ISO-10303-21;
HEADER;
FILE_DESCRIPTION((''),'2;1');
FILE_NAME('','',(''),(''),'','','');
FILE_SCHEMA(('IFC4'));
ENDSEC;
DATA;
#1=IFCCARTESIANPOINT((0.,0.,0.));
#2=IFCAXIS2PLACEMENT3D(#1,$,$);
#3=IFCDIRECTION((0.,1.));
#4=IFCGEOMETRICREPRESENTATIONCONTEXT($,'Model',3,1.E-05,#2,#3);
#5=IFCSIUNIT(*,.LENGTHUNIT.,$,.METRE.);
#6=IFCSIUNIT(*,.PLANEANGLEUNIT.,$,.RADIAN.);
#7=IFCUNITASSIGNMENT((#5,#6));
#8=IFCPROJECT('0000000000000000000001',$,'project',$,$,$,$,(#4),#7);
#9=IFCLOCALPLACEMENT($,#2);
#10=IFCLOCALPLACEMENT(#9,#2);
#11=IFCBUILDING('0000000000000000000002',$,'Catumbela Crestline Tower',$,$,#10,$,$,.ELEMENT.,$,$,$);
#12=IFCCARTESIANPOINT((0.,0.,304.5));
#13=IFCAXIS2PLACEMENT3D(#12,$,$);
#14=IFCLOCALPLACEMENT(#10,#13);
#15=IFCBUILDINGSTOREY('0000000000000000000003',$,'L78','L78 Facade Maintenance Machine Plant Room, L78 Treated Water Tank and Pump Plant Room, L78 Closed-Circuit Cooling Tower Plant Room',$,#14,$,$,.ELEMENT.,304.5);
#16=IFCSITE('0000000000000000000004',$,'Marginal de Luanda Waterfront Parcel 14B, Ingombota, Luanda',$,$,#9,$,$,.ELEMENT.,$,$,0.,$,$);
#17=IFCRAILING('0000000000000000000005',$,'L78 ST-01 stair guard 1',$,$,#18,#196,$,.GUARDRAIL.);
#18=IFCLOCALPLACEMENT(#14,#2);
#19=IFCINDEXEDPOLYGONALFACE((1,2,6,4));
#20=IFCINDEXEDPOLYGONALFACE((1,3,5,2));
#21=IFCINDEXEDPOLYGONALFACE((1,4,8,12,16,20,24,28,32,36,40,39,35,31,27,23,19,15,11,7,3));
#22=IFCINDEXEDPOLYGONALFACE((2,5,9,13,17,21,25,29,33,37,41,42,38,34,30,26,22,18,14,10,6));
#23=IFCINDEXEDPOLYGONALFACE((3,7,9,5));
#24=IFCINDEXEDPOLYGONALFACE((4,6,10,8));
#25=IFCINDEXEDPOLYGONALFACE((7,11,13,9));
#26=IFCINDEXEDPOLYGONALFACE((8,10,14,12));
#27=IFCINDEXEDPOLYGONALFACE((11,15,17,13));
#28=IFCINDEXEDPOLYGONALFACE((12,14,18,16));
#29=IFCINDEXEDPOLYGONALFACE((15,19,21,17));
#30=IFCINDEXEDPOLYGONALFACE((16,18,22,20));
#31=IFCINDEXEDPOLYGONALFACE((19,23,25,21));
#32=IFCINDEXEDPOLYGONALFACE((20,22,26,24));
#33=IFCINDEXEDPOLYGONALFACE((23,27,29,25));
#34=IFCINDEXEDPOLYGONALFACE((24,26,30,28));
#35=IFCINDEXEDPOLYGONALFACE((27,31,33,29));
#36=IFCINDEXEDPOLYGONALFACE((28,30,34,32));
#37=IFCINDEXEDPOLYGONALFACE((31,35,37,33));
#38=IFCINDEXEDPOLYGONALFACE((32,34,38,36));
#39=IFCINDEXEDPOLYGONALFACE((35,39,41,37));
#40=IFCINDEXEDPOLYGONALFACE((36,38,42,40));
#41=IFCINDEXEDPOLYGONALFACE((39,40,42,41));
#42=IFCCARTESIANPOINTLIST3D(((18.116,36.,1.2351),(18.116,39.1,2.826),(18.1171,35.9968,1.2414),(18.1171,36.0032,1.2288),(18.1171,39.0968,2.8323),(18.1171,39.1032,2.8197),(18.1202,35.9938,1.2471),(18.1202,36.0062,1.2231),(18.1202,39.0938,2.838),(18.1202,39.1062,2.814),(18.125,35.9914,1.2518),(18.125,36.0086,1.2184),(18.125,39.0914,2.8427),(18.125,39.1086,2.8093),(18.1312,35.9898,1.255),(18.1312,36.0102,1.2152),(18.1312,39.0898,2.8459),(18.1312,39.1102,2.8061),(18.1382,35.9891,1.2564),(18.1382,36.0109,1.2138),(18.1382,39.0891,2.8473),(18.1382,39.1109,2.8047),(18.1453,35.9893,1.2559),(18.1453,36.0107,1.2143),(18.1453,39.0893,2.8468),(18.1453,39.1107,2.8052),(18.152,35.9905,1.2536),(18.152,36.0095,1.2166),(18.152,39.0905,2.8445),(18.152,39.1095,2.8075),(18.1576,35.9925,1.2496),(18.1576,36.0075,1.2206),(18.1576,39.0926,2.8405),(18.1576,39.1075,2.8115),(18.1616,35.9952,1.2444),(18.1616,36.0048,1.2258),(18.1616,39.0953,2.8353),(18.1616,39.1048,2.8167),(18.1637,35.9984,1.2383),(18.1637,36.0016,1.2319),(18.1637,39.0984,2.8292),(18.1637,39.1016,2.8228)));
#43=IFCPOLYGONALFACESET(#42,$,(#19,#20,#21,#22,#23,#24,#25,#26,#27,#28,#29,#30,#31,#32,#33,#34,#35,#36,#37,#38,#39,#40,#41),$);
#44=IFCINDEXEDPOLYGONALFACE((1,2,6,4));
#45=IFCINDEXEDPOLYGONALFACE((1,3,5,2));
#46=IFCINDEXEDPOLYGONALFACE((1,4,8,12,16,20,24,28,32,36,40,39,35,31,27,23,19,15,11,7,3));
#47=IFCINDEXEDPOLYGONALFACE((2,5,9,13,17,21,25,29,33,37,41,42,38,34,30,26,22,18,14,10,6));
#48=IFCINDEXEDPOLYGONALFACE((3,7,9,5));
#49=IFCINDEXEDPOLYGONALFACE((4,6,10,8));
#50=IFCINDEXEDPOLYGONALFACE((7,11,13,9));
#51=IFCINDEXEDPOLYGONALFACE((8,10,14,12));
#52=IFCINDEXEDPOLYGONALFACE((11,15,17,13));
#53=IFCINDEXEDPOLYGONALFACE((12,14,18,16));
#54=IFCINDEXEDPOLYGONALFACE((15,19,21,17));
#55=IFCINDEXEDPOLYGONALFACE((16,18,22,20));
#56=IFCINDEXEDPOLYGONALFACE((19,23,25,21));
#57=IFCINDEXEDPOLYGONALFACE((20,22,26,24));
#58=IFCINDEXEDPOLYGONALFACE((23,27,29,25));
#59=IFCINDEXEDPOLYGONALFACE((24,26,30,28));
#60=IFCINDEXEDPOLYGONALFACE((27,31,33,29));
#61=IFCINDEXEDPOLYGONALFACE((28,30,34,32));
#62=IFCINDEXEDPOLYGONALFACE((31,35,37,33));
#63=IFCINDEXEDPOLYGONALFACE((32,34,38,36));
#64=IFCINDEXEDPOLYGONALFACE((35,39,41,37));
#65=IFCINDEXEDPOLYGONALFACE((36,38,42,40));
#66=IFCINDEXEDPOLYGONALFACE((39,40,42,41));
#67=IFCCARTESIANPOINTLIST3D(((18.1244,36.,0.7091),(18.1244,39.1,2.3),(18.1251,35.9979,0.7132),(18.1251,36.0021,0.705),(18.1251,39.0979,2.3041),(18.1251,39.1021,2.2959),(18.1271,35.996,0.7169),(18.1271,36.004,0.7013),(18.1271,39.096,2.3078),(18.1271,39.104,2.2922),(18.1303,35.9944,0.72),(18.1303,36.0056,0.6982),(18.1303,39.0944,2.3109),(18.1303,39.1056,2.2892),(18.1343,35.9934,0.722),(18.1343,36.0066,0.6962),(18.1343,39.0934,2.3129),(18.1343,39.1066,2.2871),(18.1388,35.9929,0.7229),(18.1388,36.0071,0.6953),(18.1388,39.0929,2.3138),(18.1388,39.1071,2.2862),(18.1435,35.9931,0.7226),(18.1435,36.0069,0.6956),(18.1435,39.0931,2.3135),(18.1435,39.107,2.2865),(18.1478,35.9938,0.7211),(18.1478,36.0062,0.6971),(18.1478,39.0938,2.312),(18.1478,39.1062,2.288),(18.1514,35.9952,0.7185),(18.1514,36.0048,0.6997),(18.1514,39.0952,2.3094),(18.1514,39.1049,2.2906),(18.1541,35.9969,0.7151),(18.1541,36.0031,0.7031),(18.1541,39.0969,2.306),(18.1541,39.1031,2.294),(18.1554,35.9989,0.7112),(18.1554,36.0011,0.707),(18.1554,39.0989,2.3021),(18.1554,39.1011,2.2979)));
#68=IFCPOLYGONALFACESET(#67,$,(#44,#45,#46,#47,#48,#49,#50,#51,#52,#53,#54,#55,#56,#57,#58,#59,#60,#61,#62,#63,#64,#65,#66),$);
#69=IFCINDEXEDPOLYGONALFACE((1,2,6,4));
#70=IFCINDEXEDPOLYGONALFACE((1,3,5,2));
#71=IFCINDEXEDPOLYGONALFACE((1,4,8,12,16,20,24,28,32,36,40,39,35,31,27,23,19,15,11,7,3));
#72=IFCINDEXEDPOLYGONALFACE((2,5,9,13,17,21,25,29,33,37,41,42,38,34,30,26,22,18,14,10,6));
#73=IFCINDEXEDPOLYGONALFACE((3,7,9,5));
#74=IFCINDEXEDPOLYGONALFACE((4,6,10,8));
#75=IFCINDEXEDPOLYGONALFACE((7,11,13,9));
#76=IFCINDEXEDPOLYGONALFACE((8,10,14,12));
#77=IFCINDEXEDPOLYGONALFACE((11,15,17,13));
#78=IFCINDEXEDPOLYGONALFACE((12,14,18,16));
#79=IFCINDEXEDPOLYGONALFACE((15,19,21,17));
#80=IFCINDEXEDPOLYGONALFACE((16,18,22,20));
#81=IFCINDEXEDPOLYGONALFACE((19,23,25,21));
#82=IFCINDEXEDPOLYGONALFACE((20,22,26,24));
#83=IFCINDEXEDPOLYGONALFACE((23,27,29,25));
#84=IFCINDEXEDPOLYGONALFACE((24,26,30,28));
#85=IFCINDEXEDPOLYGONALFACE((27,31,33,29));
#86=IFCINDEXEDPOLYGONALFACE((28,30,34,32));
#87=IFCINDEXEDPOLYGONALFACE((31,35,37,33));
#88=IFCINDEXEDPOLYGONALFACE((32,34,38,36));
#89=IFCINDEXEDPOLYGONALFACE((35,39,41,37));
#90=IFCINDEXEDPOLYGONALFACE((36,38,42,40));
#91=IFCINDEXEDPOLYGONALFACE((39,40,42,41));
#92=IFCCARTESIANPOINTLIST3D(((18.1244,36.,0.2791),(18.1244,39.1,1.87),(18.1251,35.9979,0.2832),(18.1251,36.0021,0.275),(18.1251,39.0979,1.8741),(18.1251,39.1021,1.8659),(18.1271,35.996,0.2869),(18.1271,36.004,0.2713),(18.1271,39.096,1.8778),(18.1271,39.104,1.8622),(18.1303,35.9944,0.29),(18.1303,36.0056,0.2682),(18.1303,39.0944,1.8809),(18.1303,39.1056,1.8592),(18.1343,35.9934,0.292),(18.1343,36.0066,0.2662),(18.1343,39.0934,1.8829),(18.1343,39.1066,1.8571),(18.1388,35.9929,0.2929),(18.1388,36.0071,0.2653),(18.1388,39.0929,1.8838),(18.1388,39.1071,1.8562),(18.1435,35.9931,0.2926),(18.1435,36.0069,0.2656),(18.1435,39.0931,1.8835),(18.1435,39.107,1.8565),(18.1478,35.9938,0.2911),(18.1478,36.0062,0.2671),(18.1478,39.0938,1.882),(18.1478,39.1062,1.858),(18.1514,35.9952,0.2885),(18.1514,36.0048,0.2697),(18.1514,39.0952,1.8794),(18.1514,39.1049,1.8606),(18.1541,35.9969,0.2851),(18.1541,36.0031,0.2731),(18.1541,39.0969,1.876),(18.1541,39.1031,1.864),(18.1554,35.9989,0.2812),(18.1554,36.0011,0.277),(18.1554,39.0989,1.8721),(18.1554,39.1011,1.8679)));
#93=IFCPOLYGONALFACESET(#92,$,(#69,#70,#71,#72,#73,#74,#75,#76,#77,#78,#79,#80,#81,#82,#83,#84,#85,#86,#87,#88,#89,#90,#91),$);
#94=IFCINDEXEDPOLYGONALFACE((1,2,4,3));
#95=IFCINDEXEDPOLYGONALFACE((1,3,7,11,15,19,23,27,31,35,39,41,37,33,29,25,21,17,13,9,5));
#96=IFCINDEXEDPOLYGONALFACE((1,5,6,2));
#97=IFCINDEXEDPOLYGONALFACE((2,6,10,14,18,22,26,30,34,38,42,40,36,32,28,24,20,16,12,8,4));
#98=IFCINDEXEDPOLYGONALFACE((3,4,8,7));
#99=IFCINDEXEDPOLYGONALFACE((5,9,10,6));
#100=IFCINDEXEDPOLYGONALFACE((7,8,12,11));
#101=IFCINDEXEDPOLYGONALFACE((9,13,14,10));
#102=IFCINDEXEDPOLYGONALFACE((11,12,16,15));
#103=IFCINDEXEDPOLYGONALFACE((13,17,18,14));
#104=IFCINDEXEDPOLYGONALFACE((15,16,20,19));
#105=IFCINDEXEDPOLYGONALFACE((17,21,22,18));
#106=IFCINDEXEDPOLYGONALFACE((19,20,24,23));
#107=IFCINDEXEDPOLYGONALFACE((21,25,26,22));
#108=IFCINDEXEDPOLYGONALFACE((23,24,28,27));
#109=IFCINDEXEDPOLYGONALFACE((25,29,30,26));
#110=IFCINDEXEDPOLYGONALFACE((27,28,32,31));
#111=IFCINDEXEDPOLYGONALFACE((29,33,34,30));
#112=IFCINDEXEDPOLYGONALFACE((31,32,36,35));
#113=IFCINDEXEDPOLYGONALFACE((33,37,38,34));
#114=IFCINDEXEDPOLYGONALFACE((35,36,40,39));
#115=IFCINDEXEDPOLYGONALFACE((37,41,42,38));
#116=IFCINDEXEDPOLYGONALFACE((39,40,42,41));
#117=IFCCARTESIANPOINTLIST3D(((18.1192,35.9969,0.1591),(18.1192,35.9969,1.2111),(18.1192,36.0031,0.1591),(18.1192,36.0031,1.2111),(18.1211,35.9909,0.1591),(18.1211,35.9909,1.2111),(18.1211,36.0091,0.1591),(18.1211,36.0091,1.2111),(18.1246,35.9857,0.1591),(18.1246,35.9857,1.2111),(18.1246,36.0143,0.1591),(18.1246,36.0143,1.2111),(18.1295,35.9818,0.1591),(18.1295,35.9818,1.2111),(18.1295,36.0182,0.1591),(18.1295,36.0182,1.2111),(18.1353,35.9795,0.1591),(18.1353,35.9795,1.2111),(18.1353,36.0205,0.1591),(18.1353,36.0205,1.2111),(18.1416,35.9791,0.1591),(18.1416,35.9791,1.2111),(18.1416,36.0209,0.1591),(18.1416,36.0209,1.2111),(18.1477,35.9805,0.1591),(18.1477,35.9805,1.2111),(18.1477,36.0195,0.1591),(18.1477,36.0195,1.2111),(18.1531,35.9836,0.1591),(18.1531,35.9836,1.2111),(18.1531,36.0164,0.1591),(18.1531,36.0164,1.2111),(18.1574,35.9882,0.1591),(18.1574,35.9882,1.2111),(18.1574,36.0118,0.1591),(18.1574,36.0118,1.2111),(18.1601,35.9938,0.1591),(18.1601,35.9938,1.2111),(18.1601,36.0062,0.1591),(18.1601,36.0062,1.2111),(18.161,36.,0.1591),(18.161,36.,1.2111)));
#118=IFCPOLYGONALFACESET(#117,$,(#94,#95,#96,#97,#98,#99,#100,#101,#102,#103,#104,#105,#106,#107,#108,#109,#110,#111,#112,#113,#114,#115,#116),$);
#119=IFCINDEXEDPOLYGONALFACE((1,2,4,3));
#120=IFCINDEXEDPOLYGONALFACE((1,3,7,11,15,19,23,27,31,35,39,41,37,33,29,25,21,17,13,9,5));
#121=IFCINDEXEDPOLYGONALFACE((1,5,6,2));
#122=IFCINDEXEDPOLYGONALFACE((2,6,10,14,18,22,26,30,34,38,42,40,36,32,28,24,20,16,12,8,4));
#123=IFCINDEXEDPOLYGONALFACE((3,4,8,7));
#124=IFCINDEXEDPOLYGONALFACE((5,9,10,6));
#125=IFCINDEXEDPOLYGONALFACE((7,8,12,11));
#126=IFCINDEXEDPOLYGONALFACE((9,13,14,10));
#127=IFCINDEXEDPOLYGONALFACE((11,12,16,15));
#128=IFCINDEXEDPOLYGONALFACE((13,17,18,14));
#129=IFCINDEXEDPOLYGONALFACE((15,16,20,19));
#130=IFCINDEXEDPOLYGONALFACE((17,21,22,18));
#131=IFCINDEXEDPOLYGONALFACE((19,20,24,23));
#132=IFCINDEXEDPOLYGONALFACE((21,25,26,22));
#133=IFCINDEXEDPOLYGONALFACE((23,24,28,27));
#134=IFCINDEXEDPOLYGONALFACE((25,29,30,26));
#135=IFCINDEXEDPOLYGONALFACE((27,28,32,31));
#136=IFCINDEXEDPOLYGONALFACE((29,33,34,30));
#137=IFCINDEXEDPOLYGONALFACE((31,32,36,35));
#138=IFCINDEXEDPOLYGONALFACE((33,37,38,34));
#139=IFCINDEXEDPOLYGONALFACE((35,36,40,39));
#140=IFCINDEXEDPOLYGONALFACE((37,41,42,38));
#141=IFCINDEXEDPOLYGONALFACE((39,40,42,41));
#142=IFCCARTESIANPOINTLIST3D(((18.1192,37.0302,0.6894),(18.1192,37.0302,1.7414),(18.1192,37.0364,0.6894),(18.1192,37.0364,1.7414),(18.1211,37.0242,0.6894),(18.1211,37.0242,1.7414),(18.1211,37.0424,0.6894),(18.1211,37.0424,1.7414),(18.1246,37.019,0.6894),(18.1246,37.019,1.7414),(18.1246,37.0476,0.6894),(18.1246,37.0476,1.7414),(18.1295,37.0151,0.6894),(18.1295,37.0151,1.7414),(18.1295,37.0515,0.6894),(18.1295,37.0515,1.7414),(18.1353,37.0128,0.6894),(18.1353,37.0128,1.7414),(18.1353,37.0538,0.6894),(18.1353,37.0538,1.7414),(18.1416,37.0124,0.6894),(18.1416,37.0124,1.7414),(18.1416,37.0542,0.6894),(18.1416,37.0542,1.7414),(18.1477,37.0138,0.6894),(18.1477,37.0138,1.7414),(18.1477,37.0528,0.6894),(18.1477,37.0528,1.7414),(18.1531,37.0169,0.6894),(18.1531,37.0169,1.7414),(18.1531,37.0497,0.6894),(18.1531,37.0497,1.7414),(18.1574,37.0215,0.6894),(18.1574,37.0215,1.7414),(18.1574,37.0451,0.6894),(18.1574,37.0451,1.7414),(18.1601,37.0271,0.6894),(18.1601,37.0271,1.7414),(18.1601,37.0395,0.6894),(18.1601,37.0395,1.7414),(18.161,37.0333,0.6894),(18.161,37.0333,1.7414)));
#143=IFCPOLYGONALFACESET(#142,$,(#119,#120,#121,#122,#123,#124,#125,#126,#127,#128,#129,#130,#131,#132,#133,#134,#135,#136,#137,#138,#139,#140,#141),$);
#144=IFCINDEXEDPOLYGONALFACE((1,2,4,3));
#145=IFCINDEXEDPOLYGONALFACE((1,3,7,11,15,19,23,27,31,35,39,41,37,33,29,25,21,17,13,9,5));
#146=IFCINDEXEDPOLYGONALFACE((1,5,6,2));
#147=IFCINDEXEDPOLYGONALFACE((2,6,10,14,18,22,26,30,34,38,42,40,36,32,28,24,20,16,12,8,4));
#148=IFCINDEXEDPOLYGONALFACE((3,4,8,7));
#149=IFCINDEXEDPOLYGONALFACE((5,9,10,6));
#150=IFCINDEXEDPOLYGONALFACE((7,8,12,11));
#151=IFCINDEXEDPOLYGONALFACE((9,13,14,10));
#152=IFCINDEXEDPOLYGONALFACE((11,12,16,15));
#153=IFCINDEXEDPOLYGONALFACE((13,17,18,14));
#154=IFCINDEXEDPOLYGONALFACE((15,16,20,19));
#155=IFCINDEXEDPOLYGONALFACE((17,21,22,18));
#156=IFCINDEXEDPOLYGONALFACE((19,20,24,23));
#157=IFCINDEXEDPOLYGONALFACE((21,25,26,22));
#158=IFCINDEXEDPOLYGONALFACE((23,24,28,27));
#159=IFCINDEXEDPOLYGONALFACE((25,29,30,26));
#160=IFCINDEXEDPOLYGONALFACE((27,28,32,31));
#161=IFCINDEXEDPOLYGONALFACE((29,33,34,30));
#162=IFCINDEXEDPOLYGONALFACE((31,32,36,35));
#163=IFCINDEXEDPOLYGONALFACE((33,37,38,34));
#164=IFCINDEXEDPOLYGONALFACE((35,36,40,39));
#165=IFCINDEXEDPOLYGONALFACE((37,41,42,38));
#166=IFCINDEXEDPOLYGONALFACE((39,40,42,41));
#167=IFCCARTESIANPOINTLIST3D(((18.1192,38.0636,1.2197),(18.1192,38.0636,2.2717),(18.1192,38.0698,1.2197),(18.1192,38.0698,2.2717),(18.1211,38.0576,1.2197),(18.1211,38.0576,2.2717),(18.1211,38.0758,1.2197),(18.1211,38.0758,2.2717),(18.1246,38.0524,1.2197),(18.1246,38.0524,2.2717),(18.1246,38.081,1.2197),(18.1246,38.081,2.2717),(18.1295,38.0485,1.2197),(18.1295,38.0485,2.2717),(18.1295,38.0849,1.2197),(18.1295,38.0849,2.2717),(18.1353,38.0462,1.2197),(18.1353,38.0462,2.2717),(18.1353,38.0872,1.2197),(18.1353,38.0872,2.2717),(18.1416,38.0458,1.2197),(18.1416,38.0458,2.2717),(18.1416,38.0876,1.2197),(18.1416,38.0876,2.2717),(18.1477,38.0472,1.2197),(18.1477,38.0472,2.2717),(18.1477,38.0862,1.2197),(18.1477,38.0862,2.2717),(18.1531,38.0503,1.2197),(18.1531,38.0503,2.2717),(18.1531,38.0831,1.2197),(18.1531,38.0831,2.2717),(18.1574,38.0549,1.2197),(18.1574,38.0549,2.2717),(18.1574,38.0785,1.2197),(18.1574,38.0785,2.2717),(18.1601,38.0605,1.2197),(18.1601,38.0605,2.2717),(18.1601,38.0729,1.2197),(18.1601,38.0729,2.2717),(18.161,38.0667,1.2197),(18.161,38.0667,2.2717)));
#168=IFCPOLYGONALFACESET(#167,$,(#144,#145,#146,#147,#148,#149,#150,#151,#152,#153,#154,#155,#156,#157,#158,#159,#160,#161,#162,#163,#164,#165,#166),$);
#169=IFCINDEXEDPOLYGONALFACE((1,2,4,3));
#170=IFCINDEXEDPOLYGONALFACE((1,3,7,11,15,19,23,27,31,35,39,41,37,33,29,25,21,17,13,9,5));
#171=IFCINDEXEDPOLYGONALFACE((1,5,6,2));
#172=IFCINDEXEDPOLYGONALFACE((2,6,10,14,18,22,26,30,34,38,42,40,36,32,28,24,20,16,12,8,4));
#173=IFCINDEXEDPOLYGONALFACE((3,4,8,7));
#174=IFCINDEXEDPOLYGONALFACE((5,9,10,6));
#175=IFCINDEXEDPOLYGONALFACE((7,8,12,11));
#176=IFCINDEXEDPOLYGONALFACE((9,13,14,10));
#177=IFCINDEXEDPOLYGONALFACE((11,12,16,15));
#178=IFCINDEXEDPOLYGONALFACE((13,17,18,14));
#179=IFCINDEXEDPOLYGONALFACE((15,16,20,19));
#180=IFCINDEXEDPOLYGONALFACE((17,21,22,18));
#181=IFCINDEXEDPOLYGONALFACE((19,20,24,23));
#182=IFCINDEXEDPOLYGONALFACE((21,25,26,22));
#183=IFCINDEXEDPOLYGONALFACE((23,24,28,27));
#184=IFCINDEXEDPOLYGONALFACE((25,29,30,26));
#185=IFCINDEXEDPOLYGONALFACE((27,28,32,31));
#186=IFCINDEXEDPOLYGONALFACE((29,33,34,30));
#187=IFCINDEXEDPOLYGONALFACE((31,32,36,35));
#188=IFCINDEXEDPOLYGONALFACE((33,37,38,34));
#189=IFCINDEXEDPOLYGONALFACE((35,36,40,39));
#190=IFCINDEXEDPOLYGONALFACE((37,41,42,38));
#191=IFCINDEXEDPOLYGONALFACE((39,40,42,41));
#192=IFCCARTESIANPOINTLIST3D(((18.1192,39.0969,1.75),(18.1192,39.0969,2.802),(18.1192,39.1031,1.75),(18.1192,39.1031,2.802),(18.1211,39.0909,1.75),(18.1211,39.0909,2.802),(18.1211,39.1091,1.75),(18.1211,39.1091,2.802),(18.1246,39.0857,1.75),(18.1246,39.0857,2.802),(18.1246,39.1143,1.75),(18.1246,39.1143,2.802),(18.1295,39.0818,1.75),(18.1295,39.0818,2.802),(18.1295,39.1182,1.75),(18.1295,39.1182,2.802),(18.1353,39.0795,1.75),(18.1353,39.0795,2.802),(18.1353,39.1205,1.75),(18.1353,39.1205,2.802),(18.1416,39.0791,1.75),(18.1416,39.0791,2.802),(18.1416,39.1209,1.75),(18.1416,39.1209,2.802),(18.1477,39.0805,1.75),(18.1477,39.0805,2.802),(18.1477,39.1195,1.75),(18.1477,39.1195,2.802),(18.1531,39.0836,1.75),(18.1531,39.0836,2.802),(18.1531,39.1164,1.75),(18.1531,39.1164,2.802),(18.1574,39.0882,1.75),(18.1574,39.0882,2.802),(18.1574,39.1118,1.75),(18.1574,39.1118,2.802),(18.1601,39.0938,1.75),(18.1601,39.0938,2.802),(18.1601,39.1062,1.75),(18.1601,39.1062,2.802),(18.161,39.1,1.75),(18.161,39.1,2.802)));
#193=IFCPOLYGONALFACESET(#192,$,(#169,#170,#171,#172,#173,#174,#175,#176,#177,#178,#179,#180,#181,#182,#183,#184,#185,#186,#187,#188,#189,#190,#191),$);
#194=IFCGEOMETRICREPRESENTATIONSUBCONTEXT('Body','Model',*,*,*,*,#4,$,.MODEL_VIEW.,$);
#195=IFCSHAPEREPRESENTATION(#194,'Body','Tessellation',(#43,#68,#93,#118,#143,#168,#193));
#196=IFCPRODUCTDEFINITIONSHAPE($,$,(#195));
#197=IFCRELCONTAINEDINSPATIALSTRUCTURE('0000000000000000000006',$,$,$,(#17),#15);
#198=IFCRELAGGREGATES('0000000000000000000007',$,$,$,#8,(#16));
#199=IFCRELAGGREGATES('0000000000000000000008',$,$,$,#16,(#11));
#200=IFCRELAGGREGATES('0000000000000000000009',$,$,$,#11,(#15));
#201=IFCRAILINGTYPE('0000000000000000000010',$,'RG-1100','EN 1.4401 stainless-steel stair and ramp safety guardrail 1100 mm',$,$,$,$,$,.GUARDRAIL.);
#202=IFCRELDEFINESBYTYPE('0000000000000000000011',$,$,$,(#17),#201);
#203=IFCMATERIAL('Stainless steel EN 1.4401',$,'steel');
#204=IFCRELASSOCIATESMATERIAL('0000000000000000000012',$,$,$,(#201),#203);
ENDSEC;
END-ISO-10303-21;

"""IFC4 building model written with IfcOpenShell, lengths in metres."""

from ifc_helpers import new_model, si_unit, direction, frame, origin, origin_2d, place, context, subcontext, project, spatial, circle, extrude, material, type_object, element, save


model = new_model("IFC4")

# Units and contexts
model_context = context("Model", 3, precision=1e-05, world=origin(), true_north=direction((0.0, 1.0)))
body_context = subcontext(model_context, "Body", "Model", "MODEL_VIEW")
ifc_project = project(units=[si_unit("LENGTHUNIT", "METRE"), si_unit("PLANEANGLEUNIT", "RADIAN")], contexts=[model_context])

# Site, building, storey
site_placement = place(None, origin())
site = spatial("IfcSite", under=ifc_project, at=site_placement, Name="Marginal de Luanda Waterfront Parcel 14B, Ingombota, Luanda", CompositionType="ELEMENT", RefElevation=0.0)
building_placement = place(site_placement, origin())
building = spatial("IfcBuilding", under=site, at=building_placement, Name="Catumbela Crestline Tower", CompositionType="ELEMENT")
storey_placement = place(building_placement, frame((0.0, 0.0, 304.5)))
storey = spatial("IfcBuildingStorey", under=building, at=storey_placement, Name="L78", Description="L78 Facade Maintenance Machine Plant Room, L78 Treated Water Tank and Pump Plant Room, L78 Closed-Circuit Cooling Tower Plant Room", CompositionType="ELEMENT", Elevation=304.5)

# Shared definitions
ifc_material_1 = material(Name="Stainless steel EN 1.4401", Category="steel")

# Railing
railing_type_1 = type_object("IfcRailingType", Name="RG-1100", Description="EN 1.4401 stainless-steel stair and ramp safety guardrail 1100 mm", PredefinedType="GUARDRAIL", material=ifc_material_1)
railing_1_placement = place(storey_placement, frame((18.14, 36.0, 0.1591)))
element("IfcRailing", 1, at=railing_1_placement, inside=storey, type_object=railing_type_1, Name="L78 ST-01 stair guard 1", PredefinedType="GUARDRAIL", context=body_context, shape_type="SweptSolid", body=[
    extrude(circle(Radius=0.024, at=origin_2d()), frame((0.0, 0.0, 1.076), z_axis=(0.0, 0.889683, 0.456579), x_axis=(-1.0, 0.0, 0.0)), (0.0, 0.0, 1.0), 3.4844),
    extrude(circle(Radius=0.0156, at=origin_2d()), frame((0.0, 0.0, 0.55), z_axis=(0.0, 0.889683, 0.456579), x_axis=(-1.0, 0.0, 0.0)), (0.0, 0.0, 1.0), 3.4844),
    extrude(circle(Radius=0.0156, at=origin_2d()), frame((0.0, 0.0, 0.12), z_axis=(0.0, 0.889683, 0.456579), x_axis=(-1.0, 0.0, 0.0)), (0.0, 0.0, 1.0), 3.4844),
    extrude(circle(Radius=0.021, at=origin_2d()), origin(), (0.0, 0.0, 1.0), 1.052),
    extrude(circle(Radius=0.021, at=origin_2d()), frame((0.0, 1.0333, 0.5303)), (0.0, 0.0, 1.0), 1.052),
    extrude(circle(Radius=0.021, at=origin_2d()), frame((0.0, 2.0667, 1.0606)), (0.0, 0.0, 1.0), 1.052),
    extrude(circle(Radius=0.021, at=origin_2d()), frame((0.0, 3.1, 1.5909)), (0.0, 0.0, 1.0), 1.052),
])

save(model, "model.ifc")
